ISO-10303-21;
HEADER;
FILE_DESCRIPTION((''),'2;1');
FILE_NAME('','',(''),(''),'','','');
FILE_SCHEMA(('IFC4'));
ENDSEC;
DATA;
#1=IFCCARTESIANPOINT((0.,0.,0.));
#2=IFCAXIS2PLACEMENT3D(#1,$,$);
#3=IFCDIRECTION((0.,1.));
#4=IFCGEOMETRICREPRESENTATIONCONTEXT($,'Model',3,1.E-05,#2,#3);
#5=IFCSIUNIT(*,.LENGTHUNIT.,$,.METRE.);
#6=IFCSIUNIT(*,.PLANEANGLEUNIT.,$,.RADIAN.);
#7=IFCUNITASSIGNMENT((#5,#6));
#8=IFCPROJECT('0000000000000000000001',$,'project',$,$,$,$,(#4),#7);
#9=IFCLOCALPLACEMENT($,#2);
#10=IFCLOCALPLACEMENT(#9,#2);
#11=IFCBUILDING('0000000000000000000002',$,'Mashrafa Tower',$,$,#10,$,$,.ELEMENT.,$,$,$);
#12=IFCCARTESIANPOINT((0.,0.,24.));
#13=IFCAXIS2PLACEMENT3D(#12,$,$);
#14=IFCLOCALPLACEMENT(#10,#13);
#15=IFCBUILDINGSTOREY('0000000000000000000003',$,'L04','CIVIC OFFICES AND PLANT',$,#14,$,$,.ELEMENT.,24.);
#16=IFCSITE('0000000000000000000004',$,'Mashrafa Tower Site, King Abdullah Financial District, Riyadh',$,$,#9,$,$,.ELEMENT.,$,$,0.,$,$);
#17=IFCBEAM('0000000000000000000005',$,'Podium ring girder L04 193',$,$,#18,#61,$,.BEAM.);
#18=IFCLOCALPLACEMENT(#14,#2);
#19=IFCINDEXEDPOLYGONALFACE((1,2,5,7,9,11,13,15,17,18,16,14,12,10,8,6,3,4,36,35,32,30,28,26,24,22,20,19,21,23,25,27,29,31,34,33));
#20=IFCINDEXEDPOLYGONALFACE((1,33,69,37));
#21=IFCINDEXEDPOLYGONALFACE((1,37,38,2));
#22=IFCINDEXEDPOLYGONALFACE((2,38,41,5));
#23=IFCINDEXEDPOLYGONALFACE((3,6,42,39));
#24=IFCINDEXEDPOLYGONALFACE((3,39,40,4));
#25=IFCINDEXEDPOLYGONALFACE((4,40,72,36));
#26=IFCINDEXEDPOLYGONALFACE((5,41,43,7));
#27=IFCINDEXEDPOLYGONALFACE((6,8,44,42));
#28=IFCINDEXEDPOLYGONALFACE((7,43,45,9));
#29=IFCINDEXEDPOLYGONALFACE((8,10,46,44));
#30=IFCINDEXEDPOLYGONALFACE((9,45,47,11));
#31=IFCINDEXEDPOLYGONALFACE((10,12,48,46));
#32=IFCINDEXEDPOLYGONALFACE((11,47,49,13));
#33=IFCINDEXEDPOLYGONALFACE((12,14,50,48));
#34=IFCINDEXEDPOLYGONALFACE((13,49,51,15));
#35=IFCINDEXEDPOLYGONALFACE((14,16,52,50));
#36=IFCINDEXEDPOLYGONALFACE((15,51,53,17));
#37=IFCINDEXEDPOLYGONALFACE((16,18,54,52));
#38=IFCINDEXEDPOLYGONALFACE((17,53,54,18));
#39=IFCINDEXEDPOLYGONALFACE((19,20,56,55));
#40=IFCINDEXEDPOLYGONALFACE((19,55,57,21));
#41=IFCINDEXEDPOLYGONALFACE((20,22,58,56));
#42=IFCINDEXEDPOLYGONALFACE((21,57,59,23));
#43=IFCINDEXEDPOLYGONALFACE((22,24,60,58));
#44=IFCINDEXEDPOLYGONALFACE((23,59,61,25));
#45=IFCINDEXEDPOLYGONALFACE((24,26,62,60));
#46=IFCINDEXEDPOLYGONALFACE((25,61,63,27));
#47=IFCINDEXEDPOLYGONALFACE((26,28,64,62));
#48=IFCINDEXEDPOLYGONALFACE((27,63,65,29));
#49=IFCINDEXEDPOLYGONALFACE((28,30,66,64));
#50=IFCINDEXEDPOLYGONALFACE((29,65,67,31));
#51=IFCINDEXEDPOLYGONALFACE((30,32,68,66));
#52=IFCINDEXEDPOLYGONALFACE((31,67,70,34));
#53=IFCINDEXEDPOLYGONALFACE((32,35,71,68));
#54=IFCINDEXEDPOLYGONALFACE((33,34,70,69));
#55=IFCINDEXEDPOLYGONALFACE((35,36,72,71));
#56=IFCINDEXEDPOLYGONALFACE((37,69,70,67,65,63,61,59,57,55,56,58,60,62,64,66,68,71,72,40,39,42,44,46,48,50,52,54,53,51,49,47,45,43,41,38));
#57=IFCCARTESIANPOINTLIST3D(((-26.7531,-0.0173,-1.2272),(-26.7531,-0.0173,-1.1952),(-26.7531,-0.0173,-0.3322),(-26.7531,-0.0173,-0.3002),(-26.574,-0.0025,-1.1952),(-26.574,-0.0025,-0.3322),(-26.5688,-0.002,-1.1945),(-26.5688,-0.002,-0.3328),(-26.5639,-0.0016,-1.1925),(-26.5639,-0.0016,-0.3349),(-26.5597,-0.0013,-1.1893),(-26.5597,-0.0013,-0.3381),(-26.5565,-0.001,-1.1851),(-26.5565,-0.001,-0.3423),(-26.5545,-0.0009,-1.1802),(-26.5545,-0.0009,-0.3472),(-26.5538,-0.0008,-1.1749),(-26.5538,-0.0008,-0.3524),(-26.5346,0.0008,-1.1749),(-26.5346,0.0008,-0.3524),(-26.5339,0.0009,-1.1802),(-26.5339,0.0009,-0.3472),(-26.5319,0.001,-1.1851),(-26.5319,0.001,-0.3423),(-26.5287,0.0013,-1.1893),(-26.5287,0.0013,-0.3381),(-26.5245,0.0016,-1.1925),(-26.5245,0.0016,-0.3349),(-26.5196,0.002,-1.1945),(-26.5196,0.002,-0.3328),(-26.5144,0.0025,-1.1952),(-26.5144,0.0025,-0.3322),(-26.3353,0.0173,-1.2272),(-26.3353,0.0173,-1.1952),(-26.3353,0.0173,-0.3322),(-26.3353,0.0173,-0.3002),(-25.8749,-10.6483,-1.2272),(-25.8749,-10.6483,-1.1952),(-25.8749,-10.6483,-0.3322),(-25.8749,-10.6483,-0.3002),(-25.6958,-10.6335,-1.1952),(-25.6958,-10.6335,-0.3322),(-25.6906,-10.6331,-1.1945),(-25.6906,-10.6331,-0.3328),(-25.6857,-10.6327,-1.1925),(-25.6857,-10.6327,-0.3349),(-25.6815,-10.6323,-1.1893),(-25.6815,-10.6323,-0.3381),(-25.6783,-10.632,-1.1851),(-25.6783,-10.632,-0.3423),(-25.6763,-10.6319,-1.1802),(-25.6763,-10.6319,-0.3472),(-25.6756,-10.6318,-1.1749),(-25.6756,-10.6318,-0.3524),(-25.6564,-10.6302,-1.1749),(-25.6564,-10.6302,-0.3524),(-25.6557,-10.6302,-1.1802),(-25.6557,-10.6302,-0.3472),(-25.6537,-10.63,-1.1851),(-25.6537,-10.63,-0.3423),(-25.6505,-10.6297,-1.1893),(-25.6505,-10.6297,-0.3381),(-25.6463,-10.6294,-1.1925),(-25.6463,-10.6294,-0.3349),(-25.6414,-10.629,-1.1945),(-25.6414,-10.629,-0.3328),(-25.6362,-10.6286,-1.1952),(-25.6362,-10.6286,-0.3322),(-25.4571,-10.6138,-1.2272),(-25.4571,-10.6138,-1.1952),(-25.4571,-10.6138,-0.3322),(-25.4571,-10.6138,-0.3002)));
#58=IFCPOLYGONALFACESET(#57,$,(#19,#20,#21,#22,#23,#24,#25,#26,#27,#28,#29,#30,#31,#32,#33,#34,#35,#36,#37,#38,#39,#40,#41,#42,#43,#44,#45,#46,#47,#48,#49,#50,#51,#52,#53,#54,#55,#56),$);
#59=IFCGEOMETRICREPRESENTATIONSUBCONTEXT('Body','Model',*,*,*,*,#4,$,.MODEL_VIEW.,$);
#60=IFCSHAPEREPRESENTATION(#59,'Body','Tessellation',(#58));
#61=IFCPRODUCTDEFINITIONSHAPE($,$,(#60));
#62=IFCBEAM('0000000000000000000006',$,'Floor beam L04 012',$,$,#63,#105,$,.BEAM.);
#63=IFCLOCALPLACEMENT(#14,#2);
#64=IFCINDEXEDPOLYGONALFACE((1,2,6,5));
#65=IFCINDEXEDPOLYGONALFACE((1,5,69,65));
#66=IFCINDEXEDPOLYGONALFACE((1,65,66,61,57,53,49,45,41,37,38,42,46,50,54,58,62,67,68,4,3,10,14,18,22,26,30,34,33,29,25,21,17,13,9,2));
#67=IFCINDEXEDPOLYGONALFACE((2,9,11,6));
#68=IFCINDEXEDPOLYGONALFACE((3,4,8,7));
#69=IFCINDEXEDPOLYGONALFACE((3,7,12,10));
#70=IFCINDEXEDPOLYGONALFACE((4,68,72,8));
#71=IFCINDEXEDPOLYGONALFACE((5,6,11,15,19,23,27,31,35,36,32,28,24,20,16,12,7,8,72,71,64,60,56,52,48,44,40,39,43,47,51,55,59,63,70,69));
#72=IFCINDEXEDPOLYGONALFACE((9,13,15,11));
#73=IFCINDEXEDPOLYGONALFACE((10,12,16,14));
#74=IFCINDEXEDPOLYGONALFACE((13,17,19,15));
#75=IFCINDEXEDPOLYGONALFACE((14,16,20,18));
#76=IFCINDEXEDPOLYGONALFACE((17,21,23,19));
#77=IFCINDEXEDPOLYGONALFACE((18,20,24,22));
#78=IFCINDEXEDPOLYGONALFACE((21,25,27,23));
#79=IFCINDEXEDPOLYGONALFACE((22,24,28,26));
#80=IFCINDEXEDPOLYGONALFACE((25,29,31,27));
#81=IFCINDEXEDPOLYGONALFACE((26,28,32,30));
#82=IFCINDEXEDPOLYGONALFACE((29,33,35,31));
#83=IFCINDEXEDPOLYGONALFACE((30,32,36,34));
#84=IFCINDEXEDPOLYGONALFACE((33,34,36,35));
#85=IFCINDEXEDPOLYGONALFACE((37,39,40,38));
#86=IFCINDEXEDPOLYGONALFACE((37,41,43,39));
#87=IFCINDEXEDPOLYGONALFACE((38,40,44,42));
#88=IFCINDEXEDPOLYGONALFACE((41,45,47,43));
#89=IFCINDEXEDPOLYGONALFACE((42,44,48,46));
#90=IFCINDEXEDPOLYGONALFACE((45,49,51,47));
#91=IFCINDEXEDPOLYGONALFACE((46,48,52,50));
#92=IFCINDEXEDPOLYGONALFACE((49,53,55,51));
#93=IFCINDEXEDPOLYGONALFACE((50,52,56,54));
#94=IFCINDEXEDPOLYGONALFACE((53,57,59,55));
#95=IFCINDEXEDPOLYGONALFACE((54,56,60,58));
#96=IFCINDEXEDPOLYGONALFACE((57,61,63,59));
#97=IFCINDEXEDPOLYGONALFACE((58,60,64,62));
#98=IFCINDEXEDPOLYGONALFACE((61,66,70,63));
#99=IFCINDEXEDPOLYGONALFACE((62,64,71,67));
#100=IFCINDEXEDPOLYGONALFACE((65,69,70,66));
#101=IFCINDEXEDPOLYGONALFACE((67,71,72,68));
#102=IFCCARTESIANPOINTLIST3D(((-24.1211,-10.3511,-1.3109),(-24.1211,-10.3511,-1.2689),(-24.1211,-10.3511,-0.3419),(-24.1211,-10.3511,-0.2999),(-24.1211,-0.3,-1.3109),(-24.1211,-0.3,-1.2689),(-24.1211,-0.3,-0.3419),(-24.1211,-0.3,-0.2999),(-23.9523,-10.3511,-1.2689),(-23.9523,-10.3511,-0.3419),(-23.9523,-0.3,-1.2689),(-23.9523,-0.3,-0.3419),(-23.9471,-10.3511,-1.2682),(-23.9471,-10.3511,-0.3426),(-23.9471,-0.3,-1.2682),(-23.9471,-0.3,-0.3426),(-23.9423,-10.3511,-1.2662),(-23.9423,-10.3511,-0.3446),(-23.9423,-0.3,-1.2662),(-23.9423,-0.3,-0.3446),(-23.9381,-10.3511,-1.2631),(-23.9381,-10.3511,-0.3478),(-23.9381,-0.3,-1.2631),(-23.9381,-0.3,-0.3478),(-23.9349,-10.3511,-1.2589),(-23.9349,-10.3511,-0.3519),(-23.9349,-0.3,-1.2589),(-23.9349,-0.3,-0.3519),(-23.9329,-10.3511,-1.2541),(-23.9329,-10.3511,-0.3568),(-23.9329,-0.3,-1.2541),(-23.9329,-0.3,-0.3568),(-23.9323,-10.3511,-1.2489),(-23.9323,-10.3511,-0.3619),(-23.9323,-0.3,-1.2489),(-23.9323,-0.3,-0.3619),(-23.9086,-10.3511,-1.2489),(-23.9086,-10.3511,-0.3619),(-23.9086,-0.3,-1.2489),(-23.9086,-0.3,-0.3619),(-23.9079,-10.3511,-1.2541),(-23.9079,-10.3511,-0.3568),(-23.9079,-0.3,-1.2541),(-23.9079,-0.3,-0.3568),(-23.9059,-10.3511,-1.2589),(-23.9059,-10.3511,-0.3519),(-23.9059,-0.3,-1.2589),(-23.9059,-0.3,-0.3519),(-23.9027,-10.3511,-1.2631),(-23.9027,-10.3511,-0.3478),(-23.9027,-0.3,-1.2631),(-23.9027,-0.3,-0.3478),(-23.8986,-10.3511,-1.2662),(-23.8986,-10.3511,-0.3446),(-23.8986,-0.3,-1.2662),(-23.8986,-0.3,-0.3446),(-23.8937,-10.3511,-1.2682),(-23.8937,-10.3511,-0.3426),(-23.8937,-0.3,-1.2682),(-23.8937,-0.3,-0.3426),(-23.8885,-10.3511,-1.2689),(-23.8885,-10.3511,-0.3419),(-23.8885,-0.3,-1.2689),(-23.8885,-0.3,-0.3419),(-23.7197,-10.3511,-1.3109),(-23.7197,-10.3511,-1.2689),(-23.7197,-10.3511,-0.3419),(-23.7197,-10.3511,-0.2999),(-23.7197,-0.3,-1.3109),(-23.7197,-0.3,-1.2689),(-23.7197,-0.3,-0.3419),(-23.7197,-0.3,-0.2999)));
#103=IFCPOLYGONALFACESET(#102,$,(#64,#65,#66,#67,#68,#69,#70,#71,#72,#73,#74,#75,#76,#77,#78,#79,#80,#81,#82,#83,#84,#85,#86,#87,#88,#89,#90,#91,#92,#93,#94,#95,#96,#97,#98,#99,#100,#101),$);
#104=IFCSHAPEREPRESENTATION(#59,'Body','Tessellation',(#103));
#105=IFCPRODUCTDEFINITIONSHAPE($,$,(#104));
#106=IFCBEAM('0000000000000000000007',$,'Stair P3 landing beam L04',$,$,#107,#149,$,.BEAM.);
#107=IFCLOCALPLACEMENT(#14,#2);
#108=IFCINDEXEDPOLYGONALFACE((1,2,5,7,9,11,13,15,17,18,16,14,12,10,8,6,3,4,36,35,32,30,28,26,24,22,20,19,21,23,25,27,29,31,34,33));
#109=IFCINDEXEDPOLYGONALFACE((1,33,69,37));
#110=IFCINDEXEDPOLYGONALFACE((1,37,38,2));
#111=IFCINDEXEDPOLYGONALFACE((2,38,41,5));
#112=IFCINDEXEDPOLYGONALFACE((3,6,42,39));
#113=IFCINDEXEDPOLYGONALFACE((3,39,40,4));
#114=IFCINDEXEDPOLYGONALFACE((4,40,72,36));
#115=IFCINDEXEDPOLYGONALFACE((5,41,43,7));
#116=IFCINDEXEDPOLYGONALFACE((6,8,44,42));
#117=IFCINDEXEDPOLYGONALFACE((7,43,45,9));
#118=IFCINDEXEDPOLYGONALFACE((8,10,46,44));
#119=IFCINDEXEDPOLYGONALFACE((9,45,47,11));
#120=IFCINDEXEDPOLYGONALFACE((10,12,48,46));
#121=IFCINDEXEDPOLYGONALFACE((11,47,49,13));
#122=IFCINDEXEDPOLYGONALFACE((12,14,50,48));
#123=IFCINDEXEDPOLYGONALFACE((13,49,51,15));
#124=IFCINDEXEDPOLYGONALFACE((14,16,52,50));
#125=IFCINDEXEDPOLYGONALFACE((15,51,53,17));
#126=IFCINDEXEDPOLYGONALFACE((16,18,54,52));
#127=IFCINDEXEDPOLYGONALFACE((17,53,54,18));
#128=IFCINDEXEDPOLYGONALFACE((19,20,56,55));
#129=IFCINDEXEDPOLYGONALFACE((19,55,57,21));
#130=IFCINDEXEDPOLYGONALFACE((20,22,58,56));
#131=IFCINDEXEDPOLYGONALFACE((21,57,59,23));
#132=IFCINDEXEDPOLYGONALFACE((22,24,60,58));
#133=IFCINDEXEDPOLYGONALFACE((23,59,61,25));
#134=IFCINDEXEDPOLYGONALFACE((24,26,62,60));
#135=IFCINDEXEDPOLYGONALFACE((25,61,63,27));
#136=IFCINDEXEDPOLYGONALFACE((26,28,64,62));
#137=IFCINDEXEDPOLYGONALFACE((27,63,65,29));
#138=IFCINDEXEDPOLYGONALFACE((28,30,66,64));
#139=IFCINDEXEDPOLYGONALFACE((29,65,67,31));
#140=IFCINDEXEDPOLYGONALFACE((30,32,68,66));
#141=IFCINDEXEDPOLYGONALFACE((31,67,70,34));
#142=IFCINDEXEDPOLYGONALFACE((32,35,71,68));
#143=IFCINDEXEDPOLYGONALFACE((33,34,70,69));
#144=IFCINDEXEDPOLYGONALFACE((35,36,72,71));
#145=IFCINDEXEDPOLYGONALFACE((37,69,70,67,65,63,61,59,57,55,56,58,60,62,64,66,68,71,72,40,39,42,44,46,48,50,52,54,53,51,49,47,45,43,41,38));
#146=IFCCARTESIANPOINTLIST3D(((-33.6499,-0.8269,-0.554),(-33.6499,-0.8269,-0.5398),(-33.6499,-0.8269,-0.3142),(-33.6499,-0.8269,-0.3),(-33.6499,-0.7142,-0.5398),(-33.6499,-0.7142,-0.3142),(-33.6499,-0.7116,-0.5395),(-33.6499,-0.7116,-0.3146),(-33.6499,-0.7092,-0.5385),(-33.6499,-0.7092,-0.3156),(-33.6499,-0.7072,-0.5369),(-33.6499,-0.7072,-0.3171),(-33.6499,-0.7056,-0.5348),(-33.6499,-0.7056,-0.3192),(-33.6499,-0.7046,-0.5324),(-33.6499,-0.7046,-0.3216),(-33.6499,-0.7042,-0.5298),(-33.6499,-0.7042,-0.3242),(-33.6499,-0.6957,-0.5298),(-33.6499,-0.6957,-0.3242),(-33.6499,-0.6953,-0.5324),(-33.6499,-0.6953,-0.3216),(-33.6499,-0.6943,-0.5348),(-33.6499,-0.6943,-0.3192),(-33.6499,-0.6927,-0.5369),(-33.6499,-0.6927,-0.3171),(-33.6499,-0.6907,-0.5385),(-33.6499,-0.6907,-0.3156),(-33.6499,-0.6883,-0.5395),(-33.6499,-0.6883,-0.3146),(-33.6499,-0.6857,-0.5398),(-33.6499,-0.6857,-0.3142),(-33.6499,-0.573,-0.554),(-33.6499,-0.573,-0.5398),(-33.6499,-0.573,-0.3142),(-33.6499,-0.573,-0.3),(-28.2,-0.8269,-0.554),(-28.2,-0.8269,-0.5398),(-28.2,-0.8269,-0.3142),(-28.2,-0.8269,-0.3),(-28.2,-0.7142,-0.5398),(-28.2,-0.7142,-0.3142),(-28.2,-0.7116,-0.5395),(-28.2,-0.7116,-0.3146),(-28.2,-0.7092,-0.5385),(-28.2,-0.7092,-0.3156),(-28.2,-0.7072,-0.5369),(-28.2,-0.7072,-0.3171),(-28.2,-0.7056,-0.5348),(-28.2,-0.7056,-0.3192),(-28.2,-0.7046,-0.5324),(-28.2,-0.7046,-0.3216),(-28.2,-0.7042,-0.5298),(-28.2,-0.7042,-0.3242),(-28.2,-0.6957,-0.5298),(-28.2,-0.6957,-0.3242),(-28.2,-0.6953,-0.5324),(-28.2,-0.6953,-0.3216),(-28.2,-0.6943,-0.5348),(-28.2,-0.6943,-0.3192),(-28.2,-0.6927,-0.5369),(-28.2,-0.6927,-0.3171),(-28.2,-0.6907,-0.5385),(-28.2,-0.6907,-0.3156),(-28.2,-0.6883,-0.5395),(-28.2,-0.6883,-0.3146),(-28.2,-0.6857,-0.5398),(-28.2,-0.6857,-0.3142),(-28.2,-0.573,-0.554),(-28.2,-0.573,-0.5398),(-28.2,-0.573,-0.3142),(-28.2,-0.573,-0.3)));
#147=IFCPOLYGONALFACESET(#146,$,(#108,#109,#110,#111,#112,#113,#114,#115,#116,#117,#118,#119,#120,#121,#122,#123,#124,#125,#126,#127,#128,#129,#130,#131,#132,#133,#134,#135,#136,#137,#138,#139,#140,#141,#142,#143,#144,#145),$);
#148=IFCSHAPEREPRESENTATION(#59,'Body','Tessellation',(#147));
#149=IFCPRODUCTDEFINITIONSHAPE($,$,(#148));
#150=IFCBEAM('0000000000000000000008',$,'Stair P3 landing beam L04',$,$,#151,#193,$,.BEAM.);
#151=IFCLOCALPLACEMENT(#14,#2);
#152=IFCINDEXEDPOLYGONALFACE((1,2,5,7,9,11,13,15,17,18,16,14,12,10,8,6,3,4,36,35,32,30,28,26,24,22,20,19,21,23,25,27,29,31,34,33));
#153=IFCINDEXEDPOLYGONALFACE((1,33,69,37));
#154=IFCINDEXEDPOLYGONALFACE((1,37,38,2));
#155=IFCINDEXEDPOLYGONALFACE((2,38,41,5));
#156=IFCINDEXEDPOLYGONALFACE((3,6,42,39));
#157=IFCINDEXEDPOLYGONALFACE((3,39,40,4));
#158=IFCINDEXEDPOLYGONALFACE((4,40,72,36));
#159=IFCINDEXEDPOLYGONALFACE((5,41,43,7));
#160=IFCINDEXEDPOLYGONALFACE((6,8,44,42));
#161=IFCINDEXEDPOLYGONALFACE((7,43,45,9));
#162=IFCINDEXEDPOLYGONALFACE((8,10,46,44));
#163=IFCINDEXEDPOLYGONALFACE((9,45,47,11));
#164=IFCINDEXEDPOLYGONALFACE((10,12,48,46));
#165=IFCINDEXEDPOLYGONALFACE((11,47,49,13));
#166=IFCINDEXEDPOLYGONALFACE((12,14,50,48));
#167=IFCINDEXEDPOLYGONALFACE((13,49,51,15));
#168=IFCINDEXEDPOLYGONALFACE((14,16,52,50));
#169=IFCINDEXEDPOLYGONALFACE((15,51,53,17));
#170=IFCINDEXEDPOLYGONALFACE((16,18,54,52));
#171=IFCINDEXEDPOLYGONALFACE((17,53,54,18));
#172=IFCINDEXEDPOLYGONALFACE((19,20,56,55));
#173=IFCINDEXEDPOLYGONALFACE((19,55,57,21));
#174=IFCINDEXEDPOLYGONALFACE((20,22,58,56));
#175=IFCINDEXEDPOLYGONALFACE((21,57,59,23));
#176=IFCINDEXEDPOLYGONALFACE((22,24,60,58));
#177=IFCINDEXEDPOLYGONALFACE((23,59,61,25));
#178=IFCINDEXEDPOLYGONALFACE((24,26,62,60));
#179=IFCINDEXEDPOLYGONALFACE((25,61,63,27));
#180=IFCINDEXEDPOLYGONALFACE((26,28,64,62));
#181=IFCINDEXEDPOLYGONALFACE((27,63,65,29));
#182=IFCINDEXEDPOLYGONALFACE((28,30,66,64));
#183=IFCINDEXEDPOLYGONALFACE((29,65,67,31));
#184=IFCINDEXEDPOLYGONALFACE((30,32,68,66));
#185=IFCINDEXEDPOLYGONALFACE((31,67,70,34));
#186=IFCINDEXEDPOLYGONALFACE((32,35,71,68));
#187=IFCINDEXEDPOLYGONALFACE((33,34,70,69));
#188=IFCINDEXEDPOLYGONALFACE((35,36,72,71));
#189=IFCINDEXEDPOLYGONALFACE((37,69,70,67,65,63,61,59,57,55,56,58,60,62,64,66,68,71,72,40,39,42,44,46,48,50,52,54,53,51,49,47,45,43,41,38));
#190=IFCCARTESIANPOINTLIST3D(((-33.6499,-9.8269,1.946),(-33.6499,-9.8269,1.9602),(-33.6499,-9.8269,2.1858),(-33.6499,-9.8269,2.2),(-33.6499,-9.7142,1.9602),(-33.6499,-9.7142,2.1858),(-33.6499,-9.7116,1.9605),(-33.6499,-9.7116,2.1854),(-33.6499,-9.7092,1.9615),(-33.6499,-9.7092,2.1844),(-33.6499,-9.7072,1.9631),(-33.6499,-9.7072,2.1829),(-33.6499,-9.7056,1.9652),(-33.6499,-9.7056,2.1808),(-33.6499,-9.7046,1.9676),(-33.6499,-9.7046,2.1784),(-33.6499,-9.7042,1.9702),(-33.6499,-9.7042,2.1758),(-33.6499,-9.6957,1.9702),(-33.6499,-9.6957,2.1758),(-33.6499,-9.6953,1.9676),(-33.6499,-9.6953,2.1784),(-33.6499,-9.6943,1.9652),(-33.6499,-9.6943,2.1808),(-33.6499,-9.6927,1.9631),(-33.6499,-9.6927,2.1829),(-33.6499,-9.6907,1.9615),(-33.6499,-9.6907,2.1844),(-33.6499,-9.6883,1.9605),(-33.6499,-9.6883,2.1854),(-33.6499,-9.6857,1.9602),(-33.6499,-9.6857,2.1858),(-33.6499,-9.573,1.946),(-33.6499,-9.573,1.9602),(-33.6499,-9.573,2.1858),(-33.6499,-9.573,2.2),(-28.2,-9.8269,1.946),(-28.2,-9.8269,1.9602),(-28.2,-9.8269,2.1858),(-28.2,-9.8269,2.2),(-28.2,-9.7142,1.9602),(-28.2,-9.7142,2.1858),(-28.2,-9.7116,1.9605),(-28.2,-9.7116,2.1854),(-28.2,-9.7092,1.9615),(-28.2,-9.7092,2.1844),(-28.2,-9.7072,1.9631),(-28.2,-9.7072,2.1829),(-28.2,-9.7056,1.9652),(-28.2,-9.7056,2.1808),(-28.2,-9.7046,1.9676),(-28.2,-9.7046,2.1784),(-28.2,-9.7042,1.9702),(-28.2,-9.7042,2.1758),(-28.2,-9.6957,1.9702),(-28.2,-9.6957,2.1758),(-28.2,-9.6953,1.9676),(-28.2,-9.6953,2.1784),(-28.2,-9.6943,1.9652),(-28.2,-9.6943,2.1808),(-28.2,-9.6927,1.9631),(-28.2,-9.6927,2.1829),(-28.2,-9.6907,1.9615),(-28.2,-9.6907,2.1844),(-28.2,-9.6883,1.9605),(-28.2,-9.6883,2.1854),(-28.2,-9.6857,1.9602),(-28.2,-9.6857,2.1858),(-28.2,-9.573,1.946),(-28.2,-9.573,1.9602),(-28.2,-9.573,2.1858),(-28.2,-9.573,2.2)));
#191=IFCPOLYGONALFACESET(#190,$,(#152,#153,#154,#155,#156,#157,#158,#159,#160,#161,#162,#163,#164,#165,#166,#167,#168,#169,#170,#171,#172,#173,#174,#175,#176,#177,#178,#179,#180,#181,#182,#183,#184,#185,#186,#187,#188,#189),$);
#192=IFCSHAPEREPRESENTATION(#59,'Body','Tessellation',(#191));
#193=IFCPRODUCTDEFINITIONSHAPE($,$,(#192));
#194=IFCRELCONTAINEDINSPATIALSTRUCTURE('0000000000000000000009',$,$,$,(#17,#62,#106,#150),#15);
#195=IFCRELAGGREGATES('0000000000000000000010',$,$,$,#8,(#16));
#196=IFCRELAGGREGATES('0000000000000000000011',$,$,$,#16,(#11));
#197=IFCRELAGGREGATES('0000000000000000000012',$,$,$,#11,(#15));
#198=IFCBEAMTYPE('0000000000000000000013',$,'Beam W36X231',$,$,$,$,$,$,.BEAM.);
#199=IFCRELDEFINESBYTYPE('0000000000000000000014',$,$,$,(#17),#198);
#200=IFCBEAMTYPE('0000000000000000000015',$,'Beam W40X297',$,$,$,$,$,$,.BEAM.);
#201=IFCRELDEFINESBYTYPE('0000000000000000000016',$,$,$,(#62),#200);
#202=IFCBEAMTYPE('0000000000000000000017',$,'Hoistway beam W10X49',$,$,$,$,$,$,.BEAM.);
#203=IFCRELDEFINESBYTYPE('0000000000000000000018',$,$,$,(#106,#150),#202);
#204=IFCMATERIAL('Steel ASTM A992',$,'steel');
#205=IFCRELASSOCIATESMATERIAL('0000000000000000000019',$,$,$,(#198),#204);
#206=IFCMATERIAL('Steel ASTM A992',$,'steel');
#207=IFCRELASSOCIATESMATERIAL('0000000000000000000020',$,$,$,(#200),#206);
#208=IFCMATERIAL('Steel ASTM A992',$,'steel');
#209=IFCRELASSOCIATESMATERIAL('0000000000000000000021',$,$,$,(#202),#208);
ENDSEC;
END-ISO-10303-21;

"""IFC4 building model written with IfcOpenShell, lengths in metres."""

from ifc_helpers import new_model, si_unit, direction, frame, origin, origin_2d, place, context, subcontext, project, spatial, i_section, extrude, material, material_profile, profile_set, type_object, element, save


model = new_model("IFC4")

# Units and contexts
model_context = context("Model", 3, precision=1e-05, world=origin(), true_north=direction((0.0, 1.0)))
body_context = subcontext(model_context, "Body", "Model", "MODEL_VIEW")
ifc_project = project(units=[si_unit("LENGTHUNIT", "METRE"), si_unit("PLANEANGLEUNIT", "RADIAN")], contexts=[model_context])

# Site, building, storey
site_placement = place(None, origin())
site = spatial("IfcSite", under=ifc_project, at=site_placement, Name="Mashrafa Tower Site, King Abdullah Financial District, Riyadh", CompositionType="ELEMENT", RefElevation=0.0)
building_placement = place(site_placement, origin())
building = spatial("IfcBuilding", under=site, at=building_placement, Name="Mashrafa Tower", CompositionType="ELEMENT")
storey_placement = place(building_placement, frame((0.0, 0.0, 24.0)))
storey = spatial("IfcBuildingStorey", under=building, at=storey_placement, Name="L04", Description="CIVIC OFFICES AND PLANT", CompositionType="ELEMENT", Elevation=24.0)

# Beams
ifc_material_1 = material(Name="Steel ASTM A992", Category="steel")
ifc_material_profile_1 = material_profile(ifc_material_1, i_section(OverallWidth=0.4192, OverallDepth=0.927, WebThickness=0.0193, FlangeThickness=0.032, FilletRadius=0.0203, at=origin_2d()), Name="W36X231")
ifc_profile_set_1 = profile_set([ifc_material_profile_1], Name="Steel ASTM A992")
beam_type_1 = type_object("IfcBeamType", Name="Beam W36X231", PredefinedType="BEAM", material=ifc_profile_set_1)
beam_1_placement = place(storey_placement, frame((-26.5442, 0.0, -0.7637), z_axis=(0.082324, -0.996606, 0.0), x_axis=(0.996606, 0.082324, 0.0)))
element("IfcBeam", 1, at=beam_1_placement, inside=storey, type_object=beam_type_1, Name="Podium ring girder L04 193", PredefinedType="BEAM", context=body_context, shape_type="SweptSolid", body=[
    extrude(i_section(OverallWidth=0.4192, OverallDepth=0.927, WebThickness=0.0193, FlangeThickness=0.032, FilletRadius=0.0203, at=origin_2d()), origin(), (0.0, 0.0, 1.0), 10.6672),
])
ifc_material_2 = material(Name="Steel ASTM A992", Category="steel")
ifc_material_profile_2 = material_profile(ifc_material_2, i_section(OverallWidth=0.4014, OverallDepth=1.011, WebThickness=0.0237, FlangeThickness=0.042, FilletRadius=0.02, at=origin_2d()), Name="W40X297")
ifc_profile_set_2 = profile_set([ifc_material_profile_2], Name="Steel ASTM A992")
beam_type_2 = type_object("IfcBeamType", Name="Beam W40X297", PredefinedType="BEAM", material=ifc_profile_set_2)
beam_2_placement = place(storey_placement, frame((-23.9204, -10.3511, -0.8054), z_axis=(0.0, 1.0, 0.0), x_axis=(-1.0, 0.0, 0.0)))
element("IfcBeam", 2, at=beam_2_placement, inside=storey, type_object=beam_type_2, Name="Floor beam L04 012", PredefinedType="BEAM", context=body_context, shape_type="SweptSolid", body=[
    extrude(i_section(OverallWidth=0.4014, OverallDepth=1.011, WebThickness=0.0237, FlangeThickness=0.042, FilletRadius=0.02, at=origin_2d()), origin(), (0.0, 0.0, 1.0), 10.051),
])
ifc_material_3 = material(Name="Steel ASTM A992", Category="steel")
ifc_material_profile_3 = material_profile(ifc_material_3, i_section(OverallWidth=0.2539, OverallDepth=0.2539, WebThickness=0.0085, FlangeThickness=0.0142, FilletRadius=0.01, at=origin_2d()), Name="W10X49")
ifc_profile_set_3 = profile_set([ifc_material_profile_3], Name="Steel ASTM A992")
beam_type_3 = type_object("IfcBeamType", Name="Hoistway beam W10X49", PredefinedType="BEAM", material=ifc_profile_set_3)
for number, where, z_axis, x_axis, name in (
    (3, (-33.6499, -0.7, -0.427), (1.0, 0.0, 0.0), (0.0, 1.0, 0.0), "Stair P3 landing beam L04"),
    (4, (-33.6499, -9.7, 2.073), (1.0, 0.0, 0.0), (0.0, 1.0, 0.0), "Stair P3 landing beam L04"),
):
    element("IfcBeam", number, at=place(storey_placement, frame(where, z_axis=z_axis, x_axis=x_axis)), inside=storey, type_object=beam_type_3, Name=name, PredefinedType="BEAM", context=body_context, shape_type="SweptSolid", body=[
        extrude(i_section(OverallWidth=0.2539, OverallDepth=0.2539, WebThickness=0.0085, FlangeThickness=0.0142, FilletRadius=0.01, at=origin_2d()), origin(), (0.0, 0.0, 1.0), 5.45),
    ])

save(model, "model.ifc")
